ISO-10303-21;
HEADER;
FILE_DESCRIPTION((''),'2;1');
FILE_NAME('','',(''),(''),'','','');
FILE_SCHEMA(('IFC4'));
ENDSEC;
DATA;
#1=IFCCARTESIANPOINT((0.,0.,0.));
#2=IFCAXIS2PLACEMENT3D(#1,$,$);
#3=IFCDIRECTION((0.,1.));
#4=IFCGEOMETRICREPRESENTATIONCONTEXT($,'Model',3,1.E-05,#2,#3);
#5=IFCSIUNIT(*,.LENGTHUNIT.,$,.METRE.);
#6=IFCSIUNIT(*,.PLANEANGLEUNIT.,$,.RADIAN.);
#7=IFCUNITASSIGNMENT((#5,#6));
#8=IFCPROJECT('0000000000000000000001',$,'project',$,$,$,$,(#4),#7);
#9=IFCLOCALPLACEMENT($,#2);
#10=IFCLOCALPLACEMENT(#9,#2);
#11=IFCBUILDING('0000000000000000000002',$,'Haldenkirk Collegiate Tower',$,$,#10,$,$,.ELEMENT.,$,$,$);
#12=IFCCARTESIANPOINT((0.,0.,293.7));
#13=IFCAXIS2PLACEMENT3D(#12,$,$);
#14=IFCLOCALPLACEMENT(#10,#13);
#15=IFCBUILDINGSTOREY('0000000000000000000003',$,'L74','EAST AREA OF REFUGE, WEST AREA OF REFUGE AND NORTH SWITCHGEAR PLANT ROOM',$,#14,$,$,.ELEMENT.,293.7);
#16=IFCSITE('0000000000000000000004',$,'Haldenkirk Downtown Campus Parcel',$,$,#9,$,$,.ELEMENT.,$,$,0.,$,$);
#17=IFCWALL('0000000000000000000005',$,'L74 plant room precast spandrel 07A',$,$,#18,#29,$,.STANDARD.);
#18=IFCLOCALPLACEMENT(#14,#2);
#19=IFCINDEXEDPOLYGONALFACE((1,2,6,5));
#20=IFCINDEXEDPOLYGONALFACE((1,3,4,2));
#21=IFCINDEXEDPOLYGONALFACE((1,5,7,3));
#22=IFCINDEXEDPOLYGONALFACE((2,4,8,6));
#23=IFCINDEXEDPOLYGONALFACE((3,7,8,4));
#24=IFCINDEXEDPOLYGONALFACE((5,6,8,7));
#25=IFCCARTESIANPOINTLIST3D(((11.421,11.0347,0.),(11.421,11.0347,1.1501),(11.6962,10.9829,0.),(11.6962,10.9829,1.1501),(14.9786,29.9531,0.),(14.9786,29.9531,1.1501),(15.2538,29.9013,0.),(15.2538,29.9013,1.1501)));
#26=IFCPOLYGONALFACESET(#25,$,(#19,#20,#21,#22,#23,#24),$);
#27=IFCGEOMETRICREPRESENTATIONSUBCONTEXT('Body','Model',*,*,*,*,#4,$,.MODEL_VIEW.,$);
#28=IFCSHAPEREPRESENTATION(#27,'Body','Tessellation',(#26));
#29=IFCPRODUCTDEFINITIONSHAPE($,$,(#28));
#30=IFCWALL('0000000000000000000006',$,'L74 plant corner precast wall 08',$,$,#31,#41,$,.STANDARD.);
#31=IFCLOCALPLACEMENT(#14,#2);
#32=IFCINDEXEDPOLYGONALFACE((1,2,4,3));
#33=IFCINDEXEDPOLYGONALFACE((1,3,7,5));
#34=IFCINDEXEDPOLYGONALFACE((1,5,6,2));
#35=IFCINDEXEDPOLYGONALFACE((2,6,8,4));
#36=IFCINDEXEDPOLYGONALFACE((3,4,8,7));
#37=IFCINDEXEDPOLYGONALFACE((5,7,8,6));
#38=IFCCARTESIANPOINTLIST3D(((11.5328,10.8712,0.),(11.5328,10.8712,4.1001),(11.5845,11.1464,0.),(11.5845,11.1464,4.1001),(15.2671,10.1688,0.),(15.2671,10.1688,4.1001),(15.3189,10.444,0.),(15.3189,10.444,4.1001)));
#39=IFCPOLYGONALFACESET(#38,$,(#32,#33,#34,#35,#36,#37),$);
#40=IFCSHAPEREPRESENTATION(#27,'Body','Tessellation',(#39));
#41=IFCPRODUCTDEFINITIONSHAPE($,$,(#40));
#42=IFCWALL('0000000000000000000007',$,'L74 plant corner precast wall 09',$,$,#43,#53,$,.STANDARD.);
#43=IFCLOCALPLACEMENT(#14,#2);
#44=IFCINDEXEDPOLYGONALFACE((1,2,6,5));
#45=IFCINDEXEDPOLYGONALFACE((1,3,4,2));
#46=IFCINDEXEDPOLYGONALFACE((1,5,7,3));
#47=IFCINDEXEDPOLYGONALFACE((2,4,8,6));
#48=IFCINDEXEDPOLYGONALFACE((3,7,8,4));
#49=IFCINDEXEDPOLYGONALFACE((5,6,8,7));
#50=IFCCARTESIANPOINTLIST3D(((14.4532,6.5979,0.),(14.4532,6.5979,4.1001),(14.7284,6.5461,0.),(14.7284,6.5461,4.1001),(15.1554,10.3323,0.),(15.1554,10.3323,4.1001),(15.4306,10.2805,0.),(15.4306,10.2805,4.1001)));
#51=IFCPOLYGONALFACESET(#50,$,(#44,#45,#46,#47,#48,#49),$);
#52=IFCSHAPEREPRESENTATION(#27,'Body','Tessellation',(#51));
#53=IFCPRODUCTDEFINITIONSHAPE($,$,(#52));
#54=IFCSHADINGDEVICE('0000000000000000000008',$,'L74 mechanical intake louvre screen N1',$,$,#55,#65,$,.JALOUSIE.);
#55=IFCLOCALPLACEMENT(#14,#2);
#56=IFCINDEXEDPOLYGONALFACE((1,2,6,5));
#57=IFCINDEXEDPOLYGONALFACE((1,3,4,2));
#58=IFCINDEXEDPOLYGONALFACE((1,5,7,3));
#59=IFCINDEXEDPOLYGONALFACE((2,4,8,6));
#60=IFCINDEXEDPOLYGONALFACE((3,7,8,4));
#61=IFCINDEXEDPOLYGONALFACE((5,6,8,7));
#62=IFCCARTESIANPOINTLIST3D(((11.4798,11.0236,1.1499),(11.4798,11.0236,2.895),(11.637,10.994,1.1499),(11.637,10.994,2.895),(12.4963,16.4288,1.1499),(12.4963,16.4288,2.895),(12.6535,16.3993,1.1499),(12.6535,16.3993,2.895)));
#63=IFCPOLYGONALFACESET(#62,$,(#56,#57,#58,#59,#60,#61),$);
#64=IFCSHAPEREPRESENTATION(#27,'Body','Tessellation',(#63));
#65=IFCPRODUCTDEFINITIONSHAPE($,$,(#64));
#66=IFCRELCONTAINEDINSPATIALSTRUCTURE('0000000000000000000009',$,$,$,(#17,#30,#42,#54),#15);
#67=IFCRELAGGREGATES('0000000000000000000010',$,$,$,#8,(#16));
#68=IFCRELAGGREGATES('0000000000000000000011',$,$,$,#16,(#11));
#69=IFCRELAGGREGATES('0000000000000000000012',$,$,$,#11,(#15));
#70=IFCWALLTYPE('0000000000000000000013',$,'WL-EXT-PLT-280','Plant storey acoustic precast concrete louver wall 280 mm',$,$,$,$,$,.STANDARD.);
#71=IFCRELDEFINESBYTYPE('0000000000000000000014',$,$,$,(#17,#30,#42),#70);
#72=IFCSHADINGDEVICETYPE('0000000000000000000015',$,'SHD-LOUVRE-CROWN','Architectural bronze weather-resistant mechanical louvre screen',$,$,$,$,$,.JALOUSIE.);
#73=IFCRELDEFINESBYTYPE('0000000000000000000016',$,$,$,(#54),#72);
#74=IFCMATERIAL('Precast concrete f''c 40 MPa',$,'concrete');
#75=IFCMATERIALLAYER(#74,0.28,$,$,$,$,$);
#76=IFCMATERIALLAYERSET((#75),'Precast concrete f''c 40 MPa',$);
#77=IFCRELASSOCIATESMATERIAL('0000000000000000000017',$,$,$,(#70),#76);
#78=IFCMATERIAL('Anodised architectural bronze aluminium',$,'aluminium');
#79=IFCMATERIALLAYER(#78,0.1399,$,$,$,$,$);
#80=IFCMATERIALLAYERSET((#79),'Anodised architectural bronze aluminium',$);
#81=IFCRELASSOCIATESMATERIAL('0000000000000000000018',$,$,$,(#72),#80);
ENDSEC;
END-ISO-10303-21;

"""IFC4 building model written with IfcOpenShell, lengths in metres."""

from ifc_helpers import new_model, si_unit, direction, frame, frame_2d, origin, origin_2d, place, context, subcontext, project, spatial, rectangle, extrude, source, transform, mapped, material, layer, layer_set, type_object, element, save


model = new_model("IFC4")

# Units and contexts
model_context = context("Model", 3, precision=1e-05, world=origin(), true_north=direction((0.0, 1.0)))
body_context = subcontext(model_context, "Body", "Model", "MODEL_VIEW")
ifc_project = project(units=[si_unit("LENGTHUNIT", "METRE"), si_unit("PLANEANGLEUNIT", "RADIAN")], contexts=[model_context])

# Site, building, storey
site_placement = place(None, origin())
site = spatial("IfcSite", under=ifc_project, at=site_placement, Name="Haldenkirk Downtown Campus Parcel", CompositionType="ELEMENT", RefElevation=0.0)
building_placement = place(site_placement, origin())
building = spatial("IfcBuilding", under=site, at=building_placement, Name="Haldenkirk Collegiate Tower", CompositionType="ELEMENT")
storey_placement = place(building_placement, frame((0.0, 0.0, 293.7)))
storey = spatial("IfcBuildingStorey", under=building, at=storey_placement, Name="L74", Description="EAST AREA OF REFUGE, WEST AREA OF REFUGE AND NORTH SWITCHGEAR PLANT ROOM", CompositionType="ELEMENT", Elevation=293.7)

# Walls
ifc_material_1 = material(Name="Precast concrete f'c 40 MPa", Category="concrete")
ifc_layer_1 = layer(ifc_material_1, 0.28)
ifc_layer_set_1 = layer_set([ifc_layer_1], Name="Precast concrete f'c 40 MPa")
wall_type = type_object("IfcWallType", Name="WL-EXT-PLT-280", Description="Plant storey acoustic precast concrete louver wall 280 mm", PredefinedType="STANDARD", material=ifc_layer_set_1)
wall_placement = place(storey_placement, frame((11.5586, 11.0088, 0.0), z_axis=(0.0, 0.0, 1.0), x_axis=(0.184811, 0.982774, 0.0)))
element("IfcWall", 1, at=wall_placement, inside=storey, type_object=wall_type, Name="L74 plant room precast spandrel 07A", PredefinedType="STANDARD", context=body_context, shape_type="SweptSolid", body=[
    extrude(rectangle(XDim=19.25, YDim=0.28, at=frame_2d((9.625, 0.0))), origin(), (0.0, 0.0, 1.0), 1.1501),
])
for number, where, z_axis, x_axis, name in (
    (2, (15.293, 10.3064, 0.0), (0.0, 0.0, 1.0), (-0.982767, 0.184847, 0.0), "L74 plant corner precast wall 08"),
    (3, (14.5908, 6.572, 0.0), (0.0, 0.0, 1.0), (0.184785, 0.982779, 0.0), "L74 plant corner precast wall 09"),
):
    element("IfcWall", number, at=place(storey_placement, frame(where, z_axis=z_axis, x_axis=x_axis)), inside=storey, type_object=wall_type, Name=name, PredefinedType="STANDARD", context=body_context, shape_type="SweptSolid", body=[
        extrude(rectangle(XDim=3.7998, YDim=0.28, at=frame_2d((1.8999, 0.0))), origin(), (0.0, 0.0, 1.0), 4.1001),
    ])

# Shading device
ifc_material_2 = material(Name="Anodised architectural bronze aluminium", Category="aluminium")
ifc_layer_2 = layer(ifc_material_2, 0.1399)
ifc_layer_set_2 = layer_set([ifc_layer_2], Name="Anodised architectural bronze aluminium")
shading_device_type = type_object("IfcShadingDeviceType", Name="SHD-LOUVRE-CROWN", Description="Architectural bronze weather-resistant mechanical louvre screen", PredefinedType="JALOUSIE", material=ifc_layer_set_2)
shared_shape_1 = source(origin(), body_context, "Body", "SweptSolid", [
    extrude(rectangle(XDim=5.5, YDim=0.1599, at=origin_2d()), origin(), (0.0, 0.0, 1.0), 1.7451),
])
shading_device_placement = place(storey_placement, frame((12.0667, 13.7114, 1.1499), z_axis=(0.0, 0.0, 1.0), x_axis=(0.184809, 0.982774, 0.0)))
element("IfcShadingDevice", 4, at=shading_device_placement, inside=storey, type_object=shading_device_type, Name="L74 mechanical intake louvre screen N1", PredefinedType="JALOUSIE", context=body_context, shape_type="MappedRepresentation", body=[
    mapped(shared_shape_1, transform((0.0, 0.0, 0.0), x_axis=(1.0, 0.0, 0.0), y_axis=(0.0, 1.0, 0.0), z_axis=(0.0, 0.0, 1.0), scale=1.0)),
])

save(model, "model.ifc")
